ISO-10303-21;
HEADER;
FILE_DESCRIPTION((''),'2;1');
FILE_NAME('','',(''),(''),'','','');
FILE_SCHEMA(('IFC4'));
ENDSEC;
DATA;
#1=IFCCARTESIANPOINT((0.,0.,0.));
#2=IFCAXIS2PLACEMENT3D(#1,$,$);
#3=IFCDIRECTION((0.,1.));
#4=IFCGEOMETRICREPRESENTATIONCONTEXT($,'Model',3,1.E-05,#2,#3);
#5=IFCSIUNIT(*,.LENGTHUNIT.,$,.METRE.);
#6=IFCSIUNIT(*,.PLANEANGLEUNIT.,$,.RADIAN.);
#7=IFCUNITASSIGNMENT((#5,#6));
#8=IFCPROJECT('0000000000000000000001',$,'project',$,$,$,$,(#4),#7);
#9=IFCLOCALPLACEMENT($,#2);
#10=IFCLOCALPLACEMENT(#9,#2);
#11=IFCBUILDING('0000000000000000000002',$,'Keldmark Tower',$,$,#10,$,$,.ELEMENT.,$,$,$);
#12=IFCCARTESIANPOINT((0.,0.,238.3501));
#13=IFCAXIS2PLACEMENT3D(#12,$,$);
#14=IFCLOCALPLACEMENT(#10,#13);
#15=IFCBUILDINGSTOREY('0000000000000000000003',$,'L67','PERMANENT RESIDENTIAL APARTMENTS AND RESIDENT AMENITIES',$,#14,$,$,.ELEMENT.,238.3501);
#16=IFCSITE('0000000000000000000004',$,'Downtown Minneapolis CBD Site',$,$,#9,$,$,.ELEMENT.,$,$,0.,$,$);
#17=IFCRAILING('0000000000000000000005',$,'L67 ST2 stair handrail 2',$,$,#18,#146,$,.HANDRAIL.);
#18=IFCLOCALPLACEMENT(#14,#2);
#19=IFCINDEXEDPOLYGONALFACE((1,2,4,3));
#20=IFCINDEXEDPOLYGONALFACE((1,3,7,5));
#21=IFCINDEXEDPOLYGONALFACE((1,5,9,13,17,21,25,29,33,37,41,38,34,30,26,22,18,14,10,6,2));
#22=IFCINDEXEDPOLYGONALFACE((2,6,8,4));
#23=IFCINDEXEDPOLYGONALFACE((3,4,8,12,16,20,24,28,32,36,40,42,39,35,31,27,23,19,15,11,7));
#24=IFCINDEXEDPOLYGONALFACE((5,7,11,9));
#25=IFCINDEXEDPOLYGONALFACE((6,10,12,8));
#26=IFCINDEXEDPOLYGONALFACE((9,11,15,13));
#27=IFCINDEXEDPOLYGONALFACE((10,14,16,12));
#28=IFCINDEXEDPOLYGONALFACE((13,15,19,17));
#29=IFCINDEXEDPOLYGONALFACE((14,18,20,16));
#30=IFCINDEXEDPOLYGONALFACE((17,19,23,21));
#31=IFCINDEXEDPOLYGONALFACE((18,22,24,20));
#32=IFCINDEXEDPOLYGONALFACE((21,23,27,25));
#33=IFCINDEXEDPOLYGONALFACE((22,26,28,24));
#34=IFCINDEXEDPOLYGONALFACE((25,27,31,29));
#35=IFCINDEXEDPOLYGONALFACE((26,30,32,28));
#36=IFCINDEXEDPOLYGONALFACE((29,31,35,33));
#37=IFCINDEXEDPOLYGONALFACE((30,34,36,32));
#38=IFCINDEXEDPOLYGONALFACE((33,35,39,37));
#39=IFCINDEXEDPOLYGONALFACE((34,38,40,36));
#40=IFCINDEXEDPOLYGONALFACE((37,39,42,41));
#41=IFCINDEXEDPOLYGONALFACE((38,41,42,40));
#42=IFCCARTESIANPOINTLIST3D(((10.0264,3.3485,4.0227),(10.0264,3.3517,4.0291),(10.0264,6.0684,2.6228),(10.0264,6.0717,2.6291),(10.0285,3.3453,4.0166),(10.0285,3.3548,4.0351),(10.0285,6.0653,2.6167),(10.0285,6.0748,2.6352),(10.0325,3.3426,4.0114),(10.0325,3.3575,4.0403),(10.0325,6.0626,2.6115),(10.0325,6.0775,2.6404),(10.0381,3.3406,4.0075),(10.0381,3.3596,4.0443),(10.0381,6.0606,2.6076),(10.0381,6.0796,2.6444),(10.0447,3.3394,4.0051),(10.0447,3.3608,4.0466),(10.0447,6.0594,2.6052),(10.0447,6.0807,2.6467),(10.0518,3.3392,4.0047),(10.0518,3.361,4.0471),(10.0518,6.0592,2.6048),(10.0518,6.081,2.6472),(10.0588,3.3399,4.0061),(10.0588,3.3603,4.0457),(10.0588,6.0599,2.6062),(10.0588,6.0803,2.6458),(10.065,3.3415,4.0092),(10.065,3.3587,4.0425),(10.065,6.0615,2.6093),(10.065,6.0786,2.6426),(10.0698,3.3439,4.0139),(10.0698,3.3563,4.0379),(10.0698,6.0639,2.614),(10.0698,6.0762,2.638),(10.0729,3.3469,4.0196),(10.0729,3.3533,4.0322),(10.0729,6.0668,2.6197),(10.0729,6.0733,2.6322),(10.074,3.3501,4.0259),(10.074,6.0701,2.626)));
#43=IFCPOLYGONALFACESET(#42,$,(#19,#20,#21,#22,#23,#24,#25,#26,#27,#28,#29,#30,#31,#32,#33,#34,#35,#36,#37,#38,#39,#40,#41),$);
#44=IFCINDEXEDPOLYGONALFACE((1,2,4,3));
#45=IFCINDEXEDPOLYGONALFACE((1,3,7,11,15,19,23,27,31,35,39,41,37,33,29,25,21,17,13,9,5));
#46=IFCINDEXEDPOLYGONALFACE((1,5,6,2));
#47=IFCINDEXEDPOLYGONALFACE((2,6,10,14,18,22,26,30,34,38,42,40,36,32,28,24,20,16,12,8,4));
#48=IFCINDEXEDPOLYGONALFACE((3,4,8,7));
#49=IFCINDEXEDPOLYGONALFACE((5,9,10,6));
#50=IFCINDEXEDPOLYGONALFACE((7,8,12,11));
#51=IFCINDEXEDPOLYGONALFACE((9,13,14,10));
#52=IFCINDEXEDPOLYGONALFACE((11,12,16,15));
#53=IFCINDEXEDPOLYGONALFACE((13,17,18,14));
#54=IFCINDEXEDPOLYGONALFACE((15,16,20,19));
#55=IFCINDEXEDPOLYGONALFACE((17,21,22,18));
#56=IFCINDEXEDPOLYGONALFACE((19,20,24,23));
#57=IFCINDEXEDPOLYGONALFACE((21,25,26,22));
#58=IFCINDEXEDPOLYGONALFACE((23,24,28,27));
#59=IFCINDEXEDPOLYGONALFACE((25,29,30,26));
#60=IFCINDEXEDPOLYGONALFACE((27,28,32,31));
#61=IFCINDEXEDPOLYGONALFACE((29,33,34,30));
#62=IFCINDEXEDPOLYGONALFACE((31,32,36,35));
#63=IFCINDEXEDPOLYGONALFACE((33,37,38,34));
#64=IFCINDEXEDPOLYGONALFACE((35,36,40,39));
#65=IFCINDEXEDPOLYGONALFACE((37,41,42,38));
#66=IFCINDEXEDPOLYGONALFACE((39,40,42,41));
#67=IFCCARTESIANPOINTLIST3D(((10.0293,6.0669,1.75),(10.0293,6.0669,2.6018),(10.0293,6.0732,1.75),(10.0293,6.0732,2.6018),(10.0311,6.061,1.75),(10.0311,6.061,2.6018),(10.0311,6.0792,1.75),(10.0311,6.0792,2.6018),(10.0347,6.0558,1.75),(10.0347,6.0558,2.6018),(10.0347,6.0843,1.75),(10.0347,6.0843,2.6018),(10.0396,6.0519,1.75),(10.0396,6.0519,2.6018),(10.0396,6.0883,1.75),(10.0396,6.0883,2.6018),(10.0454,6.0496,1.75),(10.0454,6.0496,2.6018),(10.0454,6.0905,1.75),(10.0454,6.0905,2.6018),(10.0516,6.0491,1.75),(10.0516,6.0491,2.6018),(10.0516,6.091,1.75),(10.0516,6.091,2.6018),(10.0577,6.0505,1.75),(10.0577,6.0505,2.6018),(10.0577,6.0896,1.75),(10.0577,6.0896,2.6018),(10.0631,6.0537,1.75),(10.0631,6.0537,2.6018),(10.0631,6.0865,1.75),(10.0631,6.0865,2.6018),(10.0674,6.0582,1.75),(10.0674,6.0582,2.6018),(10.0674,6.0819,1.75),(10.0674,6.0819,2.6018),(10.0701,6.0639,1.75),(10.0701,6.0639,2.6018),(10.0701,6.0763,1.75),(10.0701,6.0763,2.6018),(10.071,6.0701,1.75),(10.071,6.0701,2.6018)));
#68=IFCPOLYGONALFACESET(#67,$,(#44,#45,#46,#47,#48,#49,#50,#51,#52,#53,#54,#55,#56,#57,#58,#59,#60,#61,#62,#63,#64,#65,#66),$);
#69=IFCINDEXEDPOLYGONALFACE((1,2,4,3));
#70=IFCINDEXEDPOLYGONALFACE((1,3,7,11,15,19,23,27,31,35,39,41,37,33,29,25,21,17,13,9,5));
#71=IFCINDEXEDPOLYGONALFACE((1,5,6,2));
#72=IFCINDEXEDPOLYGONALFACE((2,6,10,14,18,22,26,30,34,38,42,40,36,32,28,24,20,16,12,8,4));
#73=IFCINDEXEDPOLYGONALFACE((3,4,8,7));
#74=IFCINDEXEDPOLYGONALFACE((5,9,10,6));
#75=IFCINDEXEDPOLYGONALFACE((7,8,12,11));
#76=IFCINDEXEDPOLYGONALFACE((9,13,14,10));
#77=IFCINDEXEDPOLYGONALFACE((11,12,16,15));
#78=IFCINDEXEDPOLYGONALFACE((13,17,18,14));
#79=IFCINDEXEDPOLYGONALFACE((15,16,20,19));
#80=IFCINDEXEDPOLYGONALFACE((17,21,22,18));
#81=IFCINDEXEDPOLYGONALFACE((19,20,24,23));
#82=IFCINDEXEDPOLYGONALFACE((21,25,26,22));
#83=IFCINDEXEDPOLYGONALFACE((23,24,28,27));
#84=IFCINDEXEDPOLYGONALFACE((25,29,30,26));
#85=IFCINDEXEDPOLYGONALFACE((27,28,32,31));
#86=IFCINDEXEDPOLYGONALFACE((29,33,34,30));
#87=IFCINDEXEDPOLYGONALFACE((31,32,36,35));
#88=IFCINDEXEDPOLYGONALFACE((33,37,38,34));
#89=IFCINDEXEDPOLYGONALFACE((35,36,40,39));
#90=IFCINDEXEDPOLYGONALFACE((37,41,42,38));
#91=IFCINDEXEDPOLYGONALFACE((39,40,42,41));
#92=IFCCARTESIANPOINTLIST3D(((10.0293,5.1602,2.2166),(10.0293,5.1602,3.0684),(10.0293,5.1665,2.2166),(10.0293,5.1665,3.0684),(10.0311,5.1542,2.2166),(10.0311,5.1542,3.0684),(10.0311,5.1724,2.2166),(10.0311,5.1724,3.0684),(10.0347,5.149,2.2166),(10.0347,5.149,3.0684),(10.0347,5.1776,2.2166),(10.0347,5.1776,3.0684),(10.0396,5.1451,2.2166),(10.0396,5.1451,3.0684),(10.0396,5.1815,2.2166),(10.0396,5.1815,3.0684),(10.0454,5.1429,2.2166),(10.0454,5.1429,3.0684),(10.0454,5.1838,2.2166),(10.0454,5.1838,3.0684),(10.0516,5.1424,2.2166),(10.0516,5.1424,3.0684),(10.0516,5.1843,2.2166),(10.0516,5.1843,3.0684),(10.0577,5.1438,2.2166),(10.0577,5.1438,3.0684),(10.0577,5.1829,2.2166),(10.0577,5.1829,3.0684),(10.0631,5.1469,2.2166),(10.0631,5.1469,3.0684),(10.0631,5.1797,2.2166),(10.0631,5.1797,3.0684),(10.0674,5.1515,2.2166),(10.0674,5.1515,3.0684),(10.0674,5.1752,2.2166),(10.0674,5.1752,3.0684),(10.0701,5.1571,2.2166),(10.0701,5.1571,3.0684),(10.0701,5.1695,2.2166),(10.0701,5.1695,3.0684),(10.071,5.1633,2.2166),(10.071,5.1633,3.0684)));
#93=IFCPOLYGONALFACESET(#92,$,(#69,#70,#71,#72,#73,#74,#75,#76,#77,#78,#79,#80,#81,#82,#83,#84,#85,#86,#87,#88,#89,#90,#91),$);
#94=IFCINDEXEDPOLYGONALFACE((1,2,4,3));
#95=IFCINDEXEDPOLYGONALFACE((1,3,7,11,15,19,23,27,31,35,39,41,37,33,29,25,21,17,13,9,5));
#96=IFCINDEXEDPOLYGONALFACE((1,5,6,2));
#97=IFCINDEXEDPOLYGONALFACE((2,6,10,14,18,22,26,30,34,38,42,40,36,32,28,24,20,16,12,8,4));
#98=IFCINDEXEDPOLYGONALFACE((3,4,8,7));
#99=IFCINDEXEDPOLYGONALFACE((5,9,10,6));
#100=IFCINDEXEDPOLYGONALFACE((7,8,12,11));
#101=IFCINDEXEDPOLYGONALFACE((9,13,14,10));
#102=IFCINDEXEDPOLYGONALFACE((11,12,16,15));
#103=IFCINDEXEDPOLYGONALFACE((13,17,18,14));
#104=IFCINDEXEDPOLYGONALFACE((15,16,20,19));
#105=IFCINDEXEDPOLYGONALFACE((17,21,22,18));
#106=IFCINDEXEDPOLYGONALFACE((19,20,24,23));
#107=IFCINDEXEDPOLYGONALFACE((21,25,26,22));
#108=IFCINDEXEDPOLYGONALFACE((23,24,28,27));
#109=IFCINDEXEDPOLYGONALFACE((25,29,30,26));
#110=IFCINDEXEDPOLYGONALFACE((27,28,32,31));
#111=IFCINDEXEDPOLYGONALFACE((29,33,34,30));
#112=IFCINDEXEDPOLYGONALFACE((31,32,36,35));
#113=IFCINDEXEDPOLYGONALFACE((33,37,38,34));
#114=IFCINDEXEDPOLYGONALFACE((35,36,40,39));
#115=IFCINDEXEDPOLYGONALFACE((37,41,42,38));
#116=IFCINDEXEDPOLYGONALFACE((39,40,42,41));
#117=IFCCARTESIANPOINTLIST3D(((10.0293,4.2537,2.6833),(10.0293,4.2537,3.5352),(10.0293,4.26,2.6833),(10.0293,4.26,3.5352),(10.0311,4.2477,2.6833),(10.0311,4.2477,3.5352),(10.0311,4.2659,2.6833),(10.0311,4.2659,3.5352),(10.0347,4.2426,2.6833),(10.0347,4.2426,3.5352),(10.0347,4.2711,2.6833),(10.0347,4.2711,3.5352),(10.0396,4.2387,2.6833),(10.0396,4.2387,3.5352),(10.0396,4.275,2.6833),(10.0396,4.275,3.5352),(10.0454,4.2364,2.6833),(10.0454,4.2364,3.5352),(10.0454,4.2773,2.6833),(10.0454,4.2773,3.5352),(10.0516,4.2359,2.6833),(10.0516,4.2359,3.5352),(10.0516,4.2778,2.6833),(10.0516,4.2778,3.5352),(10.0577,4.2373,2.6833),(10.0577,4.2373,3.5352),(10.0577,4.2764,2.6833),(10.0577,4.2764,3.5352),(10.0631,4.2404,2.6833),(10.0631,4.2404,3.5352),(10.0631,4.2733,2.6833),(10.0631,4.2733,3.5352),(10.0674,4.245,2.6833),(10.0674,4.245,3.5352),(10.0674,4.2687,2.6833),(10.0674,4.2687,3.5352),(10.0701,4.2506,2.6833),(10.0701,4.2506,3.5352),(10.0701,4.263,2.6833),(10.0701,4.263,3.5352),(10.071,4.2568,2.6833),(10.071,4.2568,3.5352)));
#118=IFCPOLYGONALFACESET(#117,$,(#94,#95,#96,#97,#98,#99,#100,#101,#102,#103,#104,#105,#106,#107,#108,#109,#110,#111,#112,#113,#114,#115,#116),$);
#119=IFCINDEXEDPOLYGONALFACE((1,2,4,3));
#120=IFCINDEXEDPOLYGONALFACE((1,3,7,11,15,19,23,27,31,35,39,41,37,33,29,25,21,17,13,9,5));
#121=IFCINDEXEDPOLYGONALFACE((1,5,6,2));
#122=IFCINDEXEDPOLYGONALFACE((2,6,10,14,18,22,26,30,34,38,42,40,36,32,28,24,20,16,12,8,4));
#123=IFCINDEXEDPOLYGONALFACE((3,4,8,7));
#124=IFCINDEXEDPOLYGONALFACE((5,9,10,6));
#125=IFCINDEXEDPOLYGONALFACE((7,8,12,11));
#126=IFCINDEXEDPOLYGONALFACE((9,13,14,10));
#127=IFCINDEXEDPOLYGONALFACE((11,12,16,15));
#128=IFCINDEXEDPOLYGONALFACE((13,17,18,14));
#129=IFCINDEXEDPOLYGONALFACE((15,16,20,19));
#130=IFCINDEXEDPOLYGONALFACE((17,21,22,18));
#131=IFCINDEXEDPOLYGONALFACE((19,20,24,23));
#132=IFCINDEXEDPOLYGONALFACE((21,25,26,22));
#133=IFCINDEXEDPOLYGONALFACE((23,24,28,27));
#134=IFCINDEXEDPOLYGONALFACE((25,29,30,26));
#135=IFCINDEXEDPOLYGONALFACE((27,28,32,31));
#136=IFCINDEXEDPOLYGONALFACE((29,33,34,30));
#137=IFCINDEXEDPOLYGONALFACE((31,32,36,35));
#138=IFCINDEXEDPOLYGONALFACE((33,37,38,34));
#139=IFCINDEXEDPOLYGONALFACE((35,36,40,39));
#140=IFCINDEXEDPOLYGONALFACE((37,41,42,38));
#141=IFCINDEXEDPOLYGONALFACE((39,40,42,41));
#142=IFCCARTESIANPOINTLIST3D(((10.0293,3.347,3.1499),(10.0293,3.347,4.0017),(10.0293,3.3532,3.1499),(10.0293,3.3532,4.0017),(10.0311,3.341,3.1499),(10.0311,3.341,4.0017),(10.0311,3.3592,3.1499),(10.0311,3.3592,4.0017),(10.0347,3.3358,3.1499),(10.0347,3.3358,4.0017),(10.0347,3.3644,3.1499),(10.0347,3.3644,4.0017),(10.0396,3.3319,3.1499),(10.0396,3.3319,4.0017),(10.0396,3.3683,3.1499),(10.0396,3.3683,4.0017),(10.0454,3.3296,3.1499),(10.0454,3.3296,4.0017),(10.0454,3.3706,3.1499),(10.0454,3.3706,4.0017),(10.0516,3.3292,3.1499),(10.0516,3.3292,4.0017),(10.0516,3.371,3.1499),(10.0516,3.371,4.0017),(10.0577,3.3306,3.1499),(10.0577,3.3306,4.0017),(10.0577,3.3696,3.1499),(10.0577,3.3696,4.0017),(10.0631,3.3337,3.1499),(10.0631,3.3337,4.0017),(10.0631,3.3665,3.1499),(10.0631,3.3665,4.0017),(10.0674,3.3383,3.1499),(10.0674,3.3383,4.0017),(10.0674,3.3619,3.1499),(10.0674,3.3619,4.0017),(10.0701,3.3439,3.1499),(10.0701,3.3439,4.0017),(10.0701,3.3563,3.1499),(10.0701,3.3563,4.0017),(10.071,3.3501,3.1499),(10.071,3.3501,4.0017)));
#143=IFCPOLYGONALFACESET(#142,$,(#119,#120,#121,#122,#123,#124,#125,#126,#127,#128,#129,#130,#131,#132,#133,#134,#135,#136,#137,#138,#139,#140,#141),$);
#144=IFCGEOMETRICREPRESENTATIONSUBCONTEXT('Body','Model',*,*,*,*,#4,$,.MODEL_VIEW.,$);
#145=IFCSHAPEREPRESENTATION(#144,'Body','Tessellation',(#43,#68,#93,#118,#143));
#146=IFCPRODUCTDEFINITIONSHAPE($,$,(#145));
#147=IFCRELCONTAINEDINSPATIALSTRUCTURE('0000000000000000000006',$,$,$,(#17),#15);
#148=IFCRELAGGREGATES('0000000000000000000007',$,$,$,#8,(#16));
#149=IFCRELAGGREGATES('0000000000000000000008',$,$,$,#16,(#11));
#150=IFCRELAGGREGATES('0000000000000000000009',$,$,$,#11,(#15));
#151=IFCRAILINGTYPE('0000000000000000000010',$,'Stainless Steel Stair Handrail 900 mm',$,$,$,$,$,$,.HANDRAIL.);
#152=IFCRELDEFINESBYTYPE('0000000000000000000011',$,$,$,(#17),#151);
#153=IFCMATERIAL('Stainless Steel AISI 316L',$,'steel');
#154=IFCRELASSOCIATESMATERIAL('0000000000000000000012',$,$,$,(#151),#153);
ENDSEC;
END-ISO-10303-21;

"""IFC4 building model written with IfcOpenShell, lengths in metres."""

from ifc_helpers import new_model, si_unit, direction, frame, origin, origin_2d, place, context, subcontext, project, spatial, circle, extrude, material, type_object, element, save


model = new_model("IFC4")

# Units and contexts
model_context = context("Model", 3, precision=1e-05, world=origin(), true_north=direction((0.0, 1.0)))
body_context = subcontext(model_context, "Body", "Model", "MODEL_VIEW")
ifc_project = project(units=[si_unit("LENGTHUNIT", "METRE"), si_unit("PLANEANGLEUNIT", "RADIAN")], contexts=[model_context])

# Site, building, storey
site_placement = place(None, origin())
site = spatial("IfcSite", under=ifc_project, at=site_placement, Name="Downtown Minneapolis CBD Site", CompositionType="ELEMENT", RefElevation=0.0)
building_placement = place(site_placement, origin())
building = spatial("IfcBuilding", under=site, at=building_placement, Name="Keldmark Tower", CompositionType="ELEMENT")
storey_placement = place(building_placement, frame((0.0, 0.0, 238.3501)))
storey = spatial("IfcBuildingStorey", under=building, at=storey_placement, Name="L67", Description="PERMANENT RESIDENTIAL APARTMENTS AND RESIDENT AMENITIES", CompositionType="ELEMENT", Elevation=238.3501)

# Railing
ifc_material_1 = material(Name="Stainless Steel AISI 316L", Category="steel")
railing_type_1 = type_object("IfcRailingType", Name="Stainless Steel Stair Handrail 900 mm", PredefinedType="HANDRAIL", material=ifc_material_1)
railing_1_placement = place(storey_placement, frame((10.05, 6.0701, 1.75)))
element("IfcRailing", 1, at=railing_1_placement, inside=storey, type_object=railing_type_1, Name="L67 ST2 stair handrail 2", PredefinedType="HANDRAIL", context=body_context, shape_type="SweptSolid", body=[
    extrude(circle(Radius=0.0239, at=origin_2d()), frame((0.0, 0.0, 0.876), z_axis=(0.0, -0.889147, 0.457622), x_axis=(1.0, 0.0, 0.0)), (0.0, 0.0, 1.0), 3.0591),
    extrude(circle(Radius=0.021, at=origin_2d()), origin(), (0.0, 0.0, 1.0), 0.8518),
    extrude(circle(Radius=0.021, at=origin_2d()), frame((0.0, -0.9067, 0.4666)), (0.0, 0.0, 1.0), 0.8518),
    extrude(circle(Radius=0.021, at=origin_2d()), frame((0.0, -1.8132, 0.9333)), (0.0, 0.0, 1.0), 0.8518),
    extrude(circle(Radius=0.021, at=origin_2d()), frame((0.0, -2.72, 1.3999)), (0.0, 0.0, 1.0), 0.8518),
])

save(model, "model.ifc")
